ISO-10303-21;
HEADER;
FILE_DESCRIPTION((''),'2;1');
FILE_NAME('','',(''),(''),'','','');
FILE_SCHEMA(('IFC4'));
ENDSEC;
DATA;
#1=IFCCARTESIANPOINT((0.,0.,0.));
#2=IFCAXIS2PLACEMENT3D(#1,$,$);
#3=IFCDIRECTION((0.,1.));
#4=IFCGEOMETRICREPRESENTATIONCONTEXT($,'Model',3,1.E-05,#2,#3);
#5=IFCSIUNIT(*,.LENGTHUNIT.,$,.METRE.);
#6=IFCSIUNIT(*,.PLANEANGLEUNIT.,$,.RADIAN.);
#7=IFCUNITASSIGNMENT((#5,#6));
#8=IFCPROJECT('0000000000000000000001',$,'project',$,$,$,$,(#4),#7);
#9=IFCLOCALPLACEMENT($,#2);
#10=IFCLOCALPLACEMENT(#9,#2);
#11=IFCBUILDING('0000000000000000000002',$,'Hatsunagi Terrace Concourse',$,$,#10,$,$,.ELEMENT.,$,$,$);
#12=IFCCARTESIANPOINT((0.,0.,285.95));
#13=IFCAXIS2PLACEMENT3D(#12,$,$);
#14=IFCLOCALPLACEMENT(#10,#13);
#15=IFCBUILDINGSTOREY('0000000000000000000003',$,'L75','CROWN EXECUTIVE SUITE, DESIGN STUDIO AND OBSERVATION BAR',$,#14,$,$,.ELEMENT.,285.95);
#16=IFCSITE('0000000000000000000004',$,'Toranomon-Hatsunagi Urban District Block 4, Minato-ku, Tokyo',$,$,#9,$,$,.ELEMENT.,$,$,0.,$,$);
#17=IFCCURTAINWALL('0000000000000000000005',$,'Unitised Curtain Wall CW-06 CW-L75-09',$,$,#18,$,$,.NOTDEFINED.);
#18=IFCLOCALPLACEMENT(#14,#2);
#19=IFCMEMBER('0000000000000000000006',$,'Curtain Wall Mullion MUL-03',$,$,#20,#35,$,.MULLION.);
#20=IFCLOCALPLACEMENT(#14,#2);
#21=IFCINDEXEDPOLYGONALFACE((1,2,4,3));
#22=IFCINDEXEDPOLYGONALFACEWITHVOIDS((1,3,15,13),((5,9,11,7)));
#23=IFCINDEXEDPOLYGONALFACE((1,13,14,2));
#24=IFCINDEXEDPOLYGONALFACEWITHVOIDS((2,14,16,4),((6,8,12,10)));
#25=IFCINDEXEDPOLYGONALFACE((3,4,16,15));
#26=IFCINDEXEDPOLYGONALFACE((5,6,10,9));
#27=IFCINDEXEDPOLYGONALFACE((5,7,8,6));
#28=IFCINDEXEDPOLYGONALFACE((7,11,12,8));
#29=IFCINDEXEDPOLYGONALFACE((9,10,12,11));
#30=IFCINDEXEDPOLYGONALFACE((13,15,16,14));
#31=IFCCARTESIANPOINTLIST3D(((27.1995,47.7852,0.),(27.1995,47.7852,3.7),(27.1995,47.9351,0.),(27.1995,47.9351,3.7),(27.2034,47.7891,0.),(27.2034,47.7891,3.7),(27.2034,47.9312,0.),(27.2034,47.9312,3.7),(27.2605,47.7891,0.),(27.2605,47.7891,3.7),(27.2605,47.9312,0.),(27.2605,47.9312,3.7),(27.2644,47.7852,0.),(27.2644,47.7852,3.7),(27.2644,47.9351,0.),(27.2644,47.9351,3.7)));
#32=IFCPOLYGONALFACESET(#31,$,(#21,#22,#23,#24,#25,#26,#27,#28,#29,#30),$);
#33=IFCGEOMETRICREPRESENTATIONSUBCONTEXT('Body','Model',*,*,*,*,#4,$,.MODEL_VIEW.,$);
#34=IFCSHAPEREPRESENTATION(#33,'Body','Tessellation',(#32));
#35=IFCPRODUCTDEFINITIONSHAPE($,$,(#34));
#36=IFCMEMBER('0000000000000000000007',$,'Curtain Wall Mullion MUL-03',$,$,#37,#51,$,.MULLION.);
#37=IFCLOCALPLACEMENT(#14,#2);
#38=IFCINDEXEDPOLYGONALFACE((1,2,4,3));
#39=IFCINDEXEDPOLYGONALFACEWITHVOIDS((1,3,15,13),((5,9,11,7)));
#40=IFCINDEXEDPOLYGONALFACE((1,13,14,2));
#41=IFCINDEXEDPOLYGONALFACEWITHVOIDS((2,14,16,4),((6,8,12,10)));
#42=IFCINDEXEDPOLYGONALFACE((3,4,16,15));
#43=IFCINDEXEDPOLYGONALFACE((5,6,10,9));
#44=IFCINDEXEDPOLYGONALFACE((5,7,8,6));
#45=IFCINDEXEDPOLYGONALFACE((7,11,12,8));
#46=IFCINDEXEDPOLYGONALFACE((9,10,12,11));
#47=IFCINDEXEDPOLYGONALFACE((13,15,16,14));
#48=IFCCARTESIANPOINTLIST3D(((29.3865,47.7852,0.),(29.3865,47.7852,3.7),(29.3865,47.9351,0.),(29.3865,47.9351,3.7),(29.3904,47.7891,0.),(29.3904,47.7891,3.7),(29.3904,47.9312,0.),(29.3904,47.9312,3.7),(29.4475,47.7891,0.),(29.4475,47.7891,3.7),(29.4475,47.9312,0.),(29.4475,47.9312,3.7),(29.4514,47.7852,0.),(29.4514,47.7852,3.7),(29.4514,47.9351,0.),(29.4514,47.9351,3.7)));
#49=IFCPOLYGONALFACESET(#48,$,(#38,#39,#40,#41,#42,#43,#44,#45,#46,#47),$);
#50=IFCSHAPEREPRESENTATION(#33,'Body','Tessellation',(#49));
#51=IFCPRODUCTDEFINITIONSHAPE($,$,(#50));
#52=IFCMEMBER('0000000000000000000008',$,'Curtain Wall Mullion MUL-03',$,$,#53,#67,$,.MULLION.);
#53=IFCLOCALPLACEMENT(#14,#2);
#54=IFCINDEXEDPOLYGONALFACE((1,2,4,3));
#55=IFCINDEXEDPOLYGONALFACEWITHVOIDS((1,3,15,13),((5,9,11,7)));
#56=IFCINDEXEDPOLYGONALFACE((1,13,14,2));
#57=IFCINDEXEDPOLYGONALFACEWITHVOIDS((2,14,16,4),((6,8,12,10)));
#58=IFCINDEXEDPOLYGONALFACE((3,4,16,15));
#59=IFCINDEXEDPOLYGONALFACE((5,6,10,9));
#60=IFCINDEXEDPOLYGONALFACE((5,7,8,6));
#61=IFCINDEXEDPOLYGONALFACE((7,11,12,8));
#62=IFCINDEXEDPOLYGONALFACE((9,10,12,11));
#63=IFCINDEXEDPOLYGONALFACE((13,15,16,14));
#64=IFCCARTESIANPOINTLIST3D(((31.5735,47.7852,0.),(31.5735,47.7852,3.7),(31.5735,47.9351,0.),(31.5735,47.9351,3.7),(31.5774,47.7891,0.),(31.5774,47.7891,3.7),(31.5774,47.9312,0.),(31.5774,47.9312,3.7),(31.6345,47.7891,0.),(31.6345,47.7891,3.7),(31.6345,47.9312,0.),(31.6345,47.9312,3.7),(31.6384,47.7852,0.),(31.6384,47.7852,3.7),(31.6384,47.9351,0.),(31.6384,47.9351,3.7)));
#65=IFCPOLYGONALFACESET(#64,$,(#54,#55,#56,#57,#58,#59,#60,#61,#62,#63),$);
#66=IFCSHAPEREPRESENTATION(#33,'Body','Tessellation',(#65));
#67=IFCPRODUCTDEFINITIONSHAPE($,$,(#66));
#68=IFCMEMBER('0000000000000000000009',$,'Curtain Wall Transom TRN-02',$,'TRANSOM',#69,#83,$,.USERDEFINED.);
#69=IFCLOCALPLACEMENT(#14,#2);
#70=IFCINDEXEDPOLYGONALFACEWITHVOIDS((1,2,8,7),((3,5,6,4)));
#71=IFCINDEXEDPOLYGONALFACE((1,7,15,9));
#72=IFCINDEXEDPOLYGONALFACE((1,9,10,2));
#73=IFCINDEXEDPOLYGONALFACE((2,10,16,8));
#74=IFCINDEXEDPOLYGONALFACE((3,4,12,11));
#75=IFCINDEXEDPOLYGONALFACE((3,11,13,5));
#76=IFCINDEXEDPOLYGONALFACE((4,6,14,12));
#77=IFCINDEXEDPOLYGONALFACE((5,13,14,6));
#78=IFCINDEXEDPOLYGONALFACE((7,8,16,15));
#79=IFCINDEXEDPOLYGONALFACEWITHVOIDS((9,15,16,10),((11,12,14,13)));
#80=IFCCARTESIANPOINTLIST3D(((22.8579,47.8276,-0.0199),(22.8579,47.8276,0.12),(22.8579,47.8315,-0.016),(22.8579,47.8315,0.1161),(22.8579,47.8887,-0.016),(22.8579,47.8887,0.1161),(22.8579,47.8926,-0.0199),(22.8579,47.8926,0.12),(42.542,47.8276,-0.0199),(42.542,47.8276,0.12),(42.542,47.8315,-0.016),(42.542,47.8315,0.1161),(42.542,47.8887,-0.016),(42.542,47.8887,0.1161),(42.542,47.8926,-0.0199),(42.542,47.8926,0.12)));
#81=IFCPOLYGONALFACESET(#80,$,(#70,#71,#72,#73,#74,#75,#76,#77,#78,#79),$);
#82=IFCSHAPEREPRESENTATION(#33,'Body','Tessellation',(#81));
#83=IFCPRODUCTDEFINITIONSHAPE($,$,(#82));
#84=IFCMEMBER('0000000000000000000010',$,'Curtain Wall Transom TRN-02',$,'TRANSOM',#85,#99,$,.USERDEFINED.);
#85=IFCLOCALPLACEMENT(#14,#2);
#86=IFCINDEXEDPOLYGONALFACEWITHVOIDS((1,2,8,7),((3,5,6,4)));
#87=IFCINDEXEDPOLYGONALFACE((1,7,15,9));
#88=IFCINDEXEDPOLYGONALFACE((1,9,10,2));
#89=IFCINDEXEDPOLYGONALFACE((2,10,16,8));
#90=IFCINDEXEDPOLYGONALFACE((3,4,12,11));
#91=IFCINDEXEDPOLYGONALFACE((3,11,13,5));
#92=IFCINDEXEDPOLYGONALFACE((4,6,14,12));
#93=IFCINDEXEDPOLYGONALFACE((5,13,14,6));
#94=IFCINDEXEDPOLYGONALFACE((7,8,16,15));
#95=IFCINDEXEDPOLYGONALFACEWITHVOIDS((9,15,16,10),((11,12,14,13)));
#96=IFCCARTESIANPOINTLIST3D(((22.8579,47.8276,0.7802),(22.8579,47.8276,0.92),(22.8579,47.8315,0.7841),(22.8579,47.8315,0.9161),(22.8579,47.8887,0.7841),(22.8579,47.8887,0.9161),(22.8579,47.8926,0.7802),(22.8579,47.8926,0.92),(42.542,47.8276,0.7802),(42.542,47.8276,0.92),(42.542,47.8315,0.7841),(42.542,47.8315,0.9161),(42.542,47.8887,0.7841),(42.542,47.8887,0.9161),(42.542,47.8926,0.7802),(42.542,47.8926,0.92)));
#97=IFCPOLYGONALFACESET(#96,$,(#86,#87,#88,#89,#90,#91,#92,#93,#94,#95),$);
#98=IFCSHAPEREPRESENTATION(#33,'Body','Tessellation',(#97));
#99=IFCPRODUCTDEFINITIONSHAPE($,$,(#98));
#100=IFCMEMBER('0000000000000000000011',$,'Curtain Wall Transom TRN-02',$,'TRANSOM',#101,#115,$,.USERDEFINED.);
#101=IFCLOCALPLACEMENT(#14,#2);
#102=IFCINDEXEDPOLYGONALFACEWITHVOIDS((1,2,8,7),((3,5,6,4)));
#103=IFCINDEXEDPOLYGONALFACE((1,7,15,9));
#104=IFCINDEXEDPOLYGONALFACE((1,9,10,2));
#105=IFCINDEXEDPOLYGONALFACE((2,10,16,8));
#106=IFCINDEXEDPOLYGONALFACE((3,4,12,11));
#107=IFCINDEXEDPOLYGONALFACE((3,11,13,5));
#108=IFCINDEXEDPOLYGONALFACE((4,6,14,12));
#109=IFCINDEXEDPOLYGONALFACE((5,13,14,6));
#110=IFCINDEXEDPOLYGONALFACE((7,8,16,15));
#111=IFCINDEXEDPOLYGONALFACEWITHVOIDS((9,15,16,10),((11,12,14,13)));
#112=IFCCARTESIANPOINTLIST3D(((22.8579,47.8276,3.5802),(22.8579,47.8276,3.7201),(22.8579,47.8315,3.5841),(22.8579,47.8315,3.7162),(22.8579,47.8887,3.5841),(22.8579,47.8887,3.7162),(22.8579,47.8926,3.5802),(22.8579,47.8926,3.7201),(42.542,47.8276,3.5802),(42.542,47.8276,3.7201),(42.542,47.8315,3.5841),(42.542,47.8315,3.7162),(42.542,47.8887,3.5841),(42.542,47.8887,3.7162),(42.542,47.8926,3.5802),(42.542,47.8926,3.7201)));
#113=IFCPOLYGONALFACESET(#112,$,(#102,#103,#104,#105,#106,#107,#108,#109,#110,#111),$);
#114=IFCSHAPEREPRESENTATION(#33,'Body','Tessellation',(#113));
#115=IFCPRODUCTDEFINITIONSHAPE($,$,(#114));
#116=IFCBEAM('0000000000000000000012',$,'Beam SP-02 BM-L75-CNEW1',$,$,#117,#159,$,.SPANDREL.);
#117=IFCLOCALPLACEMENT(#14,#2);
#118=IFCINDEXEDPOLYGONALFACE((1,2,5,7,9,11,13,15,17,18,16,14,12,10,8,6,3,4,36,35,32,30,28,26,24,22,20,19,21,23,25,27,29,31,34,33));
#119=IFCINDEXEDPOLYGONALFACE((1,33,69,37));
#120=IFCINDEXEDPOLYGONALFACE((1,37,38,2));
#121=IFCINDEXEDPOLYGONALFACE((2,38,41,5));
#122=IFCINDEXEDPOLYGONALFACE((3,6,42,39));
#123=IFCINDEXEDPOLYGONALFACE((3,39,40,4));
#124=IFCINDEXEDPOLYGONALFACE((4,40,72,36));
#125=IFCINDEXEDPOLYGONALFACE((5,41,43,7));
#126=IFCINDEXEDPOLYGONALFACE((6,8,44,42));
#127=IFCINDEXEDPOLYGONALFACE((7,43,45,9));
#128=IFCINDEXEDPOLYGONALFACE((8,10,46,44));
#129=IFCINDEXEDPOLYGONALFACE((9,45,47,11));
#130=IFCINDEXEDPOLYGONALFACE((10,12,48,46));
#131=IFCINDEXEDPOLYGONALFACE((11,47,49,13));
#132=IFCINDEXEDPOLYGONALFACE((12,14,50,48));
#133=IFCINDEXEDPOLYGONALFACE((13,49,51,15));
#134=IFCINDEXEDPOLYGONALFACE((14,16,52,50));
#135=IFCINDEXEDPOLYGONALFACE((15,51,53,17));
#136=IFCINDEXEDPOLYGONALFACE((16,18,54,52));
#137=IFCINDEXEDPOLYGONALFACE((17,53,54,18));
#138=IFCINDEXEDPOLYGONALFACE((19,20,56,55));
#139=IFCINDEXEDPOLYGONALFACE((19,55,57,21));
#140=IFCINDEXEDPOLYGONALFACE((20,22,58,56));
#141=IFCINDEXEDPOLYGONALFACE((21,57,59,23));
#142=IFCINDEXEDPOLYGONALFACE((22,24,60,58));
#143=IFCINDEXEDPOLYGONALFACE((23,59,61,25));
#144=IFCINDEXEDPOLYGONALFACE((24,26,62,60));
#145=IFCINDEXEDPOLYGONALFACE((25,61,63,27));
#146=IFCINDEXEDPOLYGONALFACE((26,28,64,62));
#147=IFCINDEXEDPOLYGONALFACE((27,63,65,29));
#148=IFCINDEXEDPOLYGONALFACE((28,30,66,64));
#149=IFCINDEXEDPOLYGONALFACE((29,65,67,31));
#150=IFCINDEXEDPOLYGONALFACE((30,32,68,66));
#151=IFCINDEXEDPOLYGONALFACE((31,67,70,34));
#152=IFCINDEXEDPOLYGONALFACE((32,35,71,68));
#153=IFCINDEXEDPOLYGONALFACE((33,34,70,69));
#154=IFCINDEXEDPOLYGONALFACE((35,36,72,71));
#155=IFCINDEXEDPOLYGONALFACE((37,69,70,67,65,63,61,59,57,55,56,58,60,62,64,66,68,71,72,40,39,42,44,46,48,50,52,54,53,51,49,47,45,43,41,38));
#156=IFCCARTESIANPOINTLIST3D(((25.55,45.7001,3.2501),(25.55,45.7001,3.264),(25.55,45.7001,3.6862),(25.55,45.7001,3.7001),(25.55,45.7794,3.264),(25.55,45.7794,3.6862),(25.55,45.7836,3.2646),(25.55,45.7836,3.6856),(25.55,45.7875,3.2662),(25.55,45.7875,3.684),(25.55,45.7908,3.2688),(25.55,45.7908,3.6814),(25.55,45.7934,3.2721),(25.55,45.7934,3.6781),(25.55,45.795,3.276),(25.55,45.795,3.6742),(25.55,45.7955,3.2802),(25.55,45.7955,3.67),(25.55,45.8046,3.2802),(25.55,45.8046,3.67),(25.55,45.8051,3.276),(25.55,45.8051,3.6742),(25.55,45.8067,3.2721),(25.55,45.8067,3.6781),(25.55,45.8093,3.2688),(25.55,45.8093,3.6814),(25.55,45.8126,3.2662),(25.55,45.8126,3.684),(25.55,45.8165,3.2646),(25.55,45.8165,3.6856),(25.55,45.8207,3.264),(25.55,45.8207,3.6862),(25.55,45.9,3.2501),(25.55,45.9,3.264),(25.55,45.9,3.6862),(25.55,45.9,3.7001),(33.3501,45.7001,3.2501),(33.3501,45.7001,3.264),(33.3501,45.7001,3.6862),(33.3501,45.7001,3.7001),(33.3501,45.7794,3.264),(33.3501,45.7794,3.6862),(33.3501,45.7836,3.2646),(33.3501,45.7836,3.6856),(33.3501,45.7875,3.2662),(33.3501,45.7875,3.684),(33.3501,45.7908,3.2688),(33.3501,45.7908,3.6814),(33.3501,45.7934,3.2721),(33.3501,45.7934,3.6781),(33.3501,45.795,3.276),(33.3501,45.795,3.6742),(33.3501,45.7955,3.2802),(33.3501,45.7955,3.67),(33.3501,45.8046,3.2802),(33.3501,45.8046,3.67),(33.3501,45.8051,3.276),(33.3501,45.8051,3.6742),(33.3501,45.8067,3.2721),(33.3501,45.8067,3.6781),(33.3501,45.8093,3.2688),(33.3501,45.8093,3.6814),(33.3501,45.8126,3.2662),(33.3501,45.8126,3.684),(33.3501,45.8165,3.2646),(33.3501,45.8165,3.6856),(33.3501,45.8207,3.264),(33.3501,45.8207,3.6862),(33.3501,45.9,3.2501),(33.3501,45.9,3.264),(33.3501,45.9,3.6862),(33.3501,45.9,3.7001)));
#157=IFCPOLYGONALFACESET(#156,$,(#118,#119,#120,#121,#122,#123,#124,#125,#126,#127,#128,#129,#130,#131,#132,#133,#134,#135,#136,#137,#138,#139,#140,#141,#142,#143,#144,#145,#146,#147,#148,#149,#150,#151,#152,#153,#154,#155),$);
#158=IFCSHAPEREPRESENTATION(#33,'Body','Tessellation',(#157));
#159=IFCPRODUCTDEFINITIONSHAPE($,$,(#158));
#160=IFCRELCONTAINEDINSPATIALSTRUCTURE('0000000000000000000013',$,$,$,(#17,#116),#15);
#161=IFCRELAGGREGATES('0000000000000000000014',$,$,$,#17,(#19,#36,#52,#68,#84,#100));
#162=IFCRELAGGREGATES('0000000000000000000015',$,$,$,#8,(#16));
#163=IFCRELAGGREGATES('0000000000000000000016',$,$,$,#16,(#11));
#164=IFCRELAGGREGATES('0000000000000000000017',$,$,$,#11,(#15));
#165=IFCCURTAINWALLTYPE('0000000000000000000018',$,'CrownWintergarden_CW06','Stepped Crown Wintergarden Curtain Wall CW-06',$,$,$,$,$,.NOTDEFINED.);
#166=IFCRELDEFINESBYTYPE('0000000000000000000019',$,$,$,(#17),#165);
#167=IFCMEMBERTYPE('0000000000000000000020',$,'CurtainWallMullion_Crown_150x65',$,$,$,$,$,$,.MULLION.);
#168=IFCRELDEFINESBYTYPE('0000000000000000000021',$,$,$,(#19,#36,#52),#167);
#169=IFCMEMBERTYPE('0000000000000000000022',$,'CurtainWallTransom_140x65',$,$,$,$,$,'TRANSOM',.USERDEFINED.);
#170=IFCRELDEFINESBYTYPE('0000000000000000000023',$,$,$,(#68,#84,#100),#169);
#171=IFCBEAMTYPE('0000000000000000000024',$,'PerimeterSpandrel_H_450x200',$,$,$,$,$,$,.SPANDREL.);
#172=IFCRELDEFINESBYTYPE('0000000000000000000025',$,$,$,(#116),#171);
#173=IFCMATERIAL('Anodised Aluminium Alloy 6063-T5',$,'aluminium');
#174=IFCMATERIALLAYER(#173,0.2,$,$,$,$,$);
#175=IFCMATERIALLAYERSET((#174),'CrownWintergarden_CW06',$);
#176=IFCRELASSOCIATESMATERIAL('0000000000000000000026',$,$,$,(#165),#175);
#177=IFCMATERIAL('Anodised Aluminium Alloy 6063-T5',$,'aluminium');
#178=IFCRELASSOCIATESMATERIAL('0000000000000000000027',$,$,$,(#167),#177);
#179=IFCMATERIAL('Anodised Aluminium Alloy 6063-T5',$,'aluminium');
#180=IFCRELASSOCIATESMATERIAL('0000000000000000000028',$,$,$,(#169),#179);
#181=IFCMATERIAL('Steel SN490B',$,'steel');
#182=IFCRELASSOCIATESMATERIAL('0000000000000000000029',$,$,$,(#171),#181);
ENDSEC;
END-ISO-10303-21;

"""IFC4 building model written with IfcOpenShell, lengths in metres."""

from ifc_helpers import new_model, si_unit, direction, frame, origin, origin_2d, place, context, subcontext, project, spatial, hollow_rectangle, i_section, extrude, material, layer, layer_set, material_profile, profile_set, type_object, element, aggregate, save


model = new_model("IFC4")

# Units and contexts
model_context = context("Model", 3, precision=1e-05, world=origin(), true_north=direction((0.0, 1.0)))
body_context = subcontext(model_context, "Body", "Model", "MODEL_VIEW")
ifc_project = project(units=[si_unit("LENGTHUNIT", "METRE"), si_unit("PLANEANGLEUNIT", "RADIAN")], contexts=[model_context])

# Site, building, storey
site_placement = place(None, origin())
site = spatial("IfcSite", under=ifc_project, at=site_placement, Name="Toranomon-Hatsunagi Urban District Block 4, Minato-ku, Tokyo", CompositionType="ELEMENT", RefElevation=0.0)
building_placement = place(site_placement, origin())
building = spatial("IfcBuilding", under=site, at=building_placement, Name="Hatsunagi Terrace Concourse", CompositionType="ELEMENT")
storey_placement = place(building_placement, frame((0.0, 0.0, 285.95)))
storey = spatial("IfcBuildingStorey", under=building, at=storey_placement, Name="L75", Description="CROWN EXECUTIVE SUITE, DESIGN STUDIO AND OBSERVATION BAR", CompositionType="ELEMENT", Elevation=285.95)

# Curtain wall, members
ifc_material_1 = material(Name="Anodised Aluminium Alloy 6063-T5", Category="aluminium")
ifc_layer_1 = layer(ifc_material_1, 0.2)
ifc_layer_set_1 = layer_set([ifc_layer_1], Name="CrownWintergarden_CW06")
curtain_wall_type = type_object("IfcCurtainWallType", Name="CrownWintergarden_CW06", Description="Stepped Crown Wintergarden Curtain Wall CW-06", PredefinedType="NOTDEFINED", material=ifc_layer_set_1)
ifc_material_2 = material(Name="Anodised Aluminium Alloy 6063-T5", Category="aluminium")
ifc_material_profile_1 = material_profile(ifc_material_2, hollow_rectangle(XDim=0.0649, YDim=0.1499, WallThickness=0.0039, at=origin_2d()), Name="ALU-MUL-150x65x4")
ifc_profile_set_1 = profile_set([ifc_material_profile_1], Name="Anodised Aluminium Alloy 6063-T5")
member_type_1 = type_object("IfcMemberType", Name="CurtainWallMullion_Crown_150x65", PredefinedType="MULLION", material=ifc_profile_set_1)
curtain_wall_1_placement = place(storey_placement, origin())
curtain_wall_1 = element("IfcCurtainWall", 1, at=curtain_wall_1_placement, inside=storey, type_object=curtain_wall_type, Name="Unitised Curtain Wall CW-06 CW-L75-09", PredefinedType="NOTDEFINED")
member_1_placement = place(storey_placement, frame((27.2319, 47.8601, 0.0), z_axis=(0.0, 0.0, 1.0), x_axis=(1.0, 0.0, 0.0)))
member_1 = element("IfcMember", 2, at=member_1_placement, type_object=member_type_1, Name="Curtain Wall Mullion MUL-03", PredefinedType="MULLION", context=body_context, shape_type="SweptSolid", body=[
    extrude(hollow_rectangle(XDim=0.0649, YDim=0.1499, WallThickness=0.0039, at=origin_2d()), origin(), (0.0, 0.0, 1.0), 3.7),
])
member_2_placement = place(storey_placement, frame((29.4189, 47.8601, 0.0), z_axis=(0.0, 0.0, 1.0), x_axis=(1.0, 0.0, 0.0)))
member_2 = element("IfcMember", 3, at=member_2_placement, type_object=member_type_1, Name="Curtain Wall Mullion MUL-03", PredefinedType="MULLION", context=body_context, shape_type="SweptSolid", body=[
    extrude(hollow_rectangle(XDim=0.0649, YDim=0.1499, WallThickness=0.0039, at=origin_2d()), origin(), (0.0, 0.0, 1.0), 3.7),
])
member_3_placement = place(storey_placement, frame((31.606, 47.8601, 0.0), z_axis=(0.0, 0.0, 1.0), x_axis=(1.0, 0.0, 0.0)))
member_3 = element("IfcMember", 4, at=member_3_placement, type_object=member_type_1, Name="Curtain Wall Mullion MUL-03", PredefinedType="MULLION", context=body_context, shape_type="SweptSolid", body=[
    extrude(hollow_rectangle(XDim=0.0649, YDim=0.1499, WallThickness=0.0039, at=origin_2d()), origin(), (0.0, 0.0, 1.0), 3.7),
])
ifc_material_3 = material(Name="Anodised Aluminium Alloy 6063-T5", Category="aluminium")
ifc_material_profile_2 = material_profile(ifc_material_3, hollow_rectangle(XDim=0.0649, YDim=0.1399, WallThickness=0.0039, at=origin_2d()), Name="ALU-TRN-140x65x4")
ifc_profile_set_2 = profile_set([ifc_material_profile_2], Name="Anodised Aluminium Alloy 6063-T5")
member_type_2 = type_object("IfcMemberType", Name="CurtainWallTransom_140x65", ElementType="TRANSOM", PredefinedType="USERDEFINED", material=ifc_profile_set_2)
member_4_placement = place(storey_placement, frame((22.8579, 47.8601, 0.05), z_axis=(1.0, 0.0, 0.0), x_axis=(0.0, 1.0, 0.0)))
member_4 = element("IfcMember", 5, at=member_4_placement, type_object=member_type_2, Name="Curtain Wall Transom TRN-02", ObjectType="TRANSOM", PredefinedType="USERDEFINED", context=body_context, shape_type="SweptSolid", body=[
    extrude(hollow_rectangle(XDim=0.0649, YDim=0.1399, WallThickness=0.0039, at=origin_2d()), origin(), (0.0, 0.0, 1.0), 19.6841),
])
member_5_placement = place(storey_placement, frame((22.8579, 47.8601, 0.8501), z_axis=(1.0, 0.0, 0.0), x_axis=(0.0, 1.0, 0.0)))
member_5 = element("IfcMember", 6, at=member_5_placement, type_object=member_type_2, Name="Curtain Wall Transom TRN-02", ObjectType="TRANSOM", PredefinedType="USERDEFINED", context=body_context, shape_type="SweptSolid", body=[
    extrude(hollow_rectangle(XDim=0.0649, YDim=0.1399, WallThickness=0.0039, at=origin_2d()), origin(), (0.0, 0.0, 1.0), 19.6841),
])
member_6_placement = place(storey_placement, frame((22.8579, 47.8601, 3.6501), z_axis=(1.0, 0.0, 0.0), x_axis=(0.0, 1.0, 0.0)))
member_6 = element("IfcMember", 7, at=member_6_placement, type_object=member_type_2, Name="Curtain Wall Transom TRN-02", ObjectType="TRANSOM", PredefinedType="USERDEFINED", context=body_context, shape_type="SweptSolid", body=[
    extrude(hollow_rectangle(XDim=0.0649, YDim=0.1399, WallThickness=0.0039, at=origin_2d()), origin(), (0.0, 0.0, 1.0), 19.6841),
])

# Beam
ifc_material_4 = material(Name="Steel SN490B", Category="steel")
ifc_material_profile_3 = material_profile(ifc_material_4, i_section(OverallWidth=0.2, OverallDepth=0.45, WebThickness=0.009, FlangeThickness=0.0139, FilletRadius=0.0161, at=origin_2d()), Name="H-450x200x9x14")
ifc_profile_set_3 = profile_set([ifc_material_profile_3], Name="Steel SN490B")
beam_type_1 = type_object("IfcBeamType", Name="PerimeterSpandrel_H_450x200", PredefinedType="SPANDREL", material=ifc_profile_set_3)
beam_1_placement = place(storey_placement, frame((25.55, 45.8, 3.4751), z_axis=(1.0, 0.0, 0.0), x_axis=(0.0, 1.0, 0.0)))
element("IfcBeam", 8, at=beam_1_placement, inside=storey, type_object=beam_type_1, Name="Beam SP-02 BM-L75-CNEW1", PredefinedType="SPANDREL", context=body_context, shape_type="SweptSolid", body=[
    extrude(i_section(OverallWidth=0.2, OverallDepth=0.45, WebThickness=0.009, FlangeThickness=0.0139, FilletRadius=0.0161, at=origin_2d()), origin(), (0.0, 0.0, 1.0), 7.8),
])

aggregate(curtain_wall_1, [member_1, member_2, member_3, member_4, member_5, member_6])

save(model, "model.ifc")
